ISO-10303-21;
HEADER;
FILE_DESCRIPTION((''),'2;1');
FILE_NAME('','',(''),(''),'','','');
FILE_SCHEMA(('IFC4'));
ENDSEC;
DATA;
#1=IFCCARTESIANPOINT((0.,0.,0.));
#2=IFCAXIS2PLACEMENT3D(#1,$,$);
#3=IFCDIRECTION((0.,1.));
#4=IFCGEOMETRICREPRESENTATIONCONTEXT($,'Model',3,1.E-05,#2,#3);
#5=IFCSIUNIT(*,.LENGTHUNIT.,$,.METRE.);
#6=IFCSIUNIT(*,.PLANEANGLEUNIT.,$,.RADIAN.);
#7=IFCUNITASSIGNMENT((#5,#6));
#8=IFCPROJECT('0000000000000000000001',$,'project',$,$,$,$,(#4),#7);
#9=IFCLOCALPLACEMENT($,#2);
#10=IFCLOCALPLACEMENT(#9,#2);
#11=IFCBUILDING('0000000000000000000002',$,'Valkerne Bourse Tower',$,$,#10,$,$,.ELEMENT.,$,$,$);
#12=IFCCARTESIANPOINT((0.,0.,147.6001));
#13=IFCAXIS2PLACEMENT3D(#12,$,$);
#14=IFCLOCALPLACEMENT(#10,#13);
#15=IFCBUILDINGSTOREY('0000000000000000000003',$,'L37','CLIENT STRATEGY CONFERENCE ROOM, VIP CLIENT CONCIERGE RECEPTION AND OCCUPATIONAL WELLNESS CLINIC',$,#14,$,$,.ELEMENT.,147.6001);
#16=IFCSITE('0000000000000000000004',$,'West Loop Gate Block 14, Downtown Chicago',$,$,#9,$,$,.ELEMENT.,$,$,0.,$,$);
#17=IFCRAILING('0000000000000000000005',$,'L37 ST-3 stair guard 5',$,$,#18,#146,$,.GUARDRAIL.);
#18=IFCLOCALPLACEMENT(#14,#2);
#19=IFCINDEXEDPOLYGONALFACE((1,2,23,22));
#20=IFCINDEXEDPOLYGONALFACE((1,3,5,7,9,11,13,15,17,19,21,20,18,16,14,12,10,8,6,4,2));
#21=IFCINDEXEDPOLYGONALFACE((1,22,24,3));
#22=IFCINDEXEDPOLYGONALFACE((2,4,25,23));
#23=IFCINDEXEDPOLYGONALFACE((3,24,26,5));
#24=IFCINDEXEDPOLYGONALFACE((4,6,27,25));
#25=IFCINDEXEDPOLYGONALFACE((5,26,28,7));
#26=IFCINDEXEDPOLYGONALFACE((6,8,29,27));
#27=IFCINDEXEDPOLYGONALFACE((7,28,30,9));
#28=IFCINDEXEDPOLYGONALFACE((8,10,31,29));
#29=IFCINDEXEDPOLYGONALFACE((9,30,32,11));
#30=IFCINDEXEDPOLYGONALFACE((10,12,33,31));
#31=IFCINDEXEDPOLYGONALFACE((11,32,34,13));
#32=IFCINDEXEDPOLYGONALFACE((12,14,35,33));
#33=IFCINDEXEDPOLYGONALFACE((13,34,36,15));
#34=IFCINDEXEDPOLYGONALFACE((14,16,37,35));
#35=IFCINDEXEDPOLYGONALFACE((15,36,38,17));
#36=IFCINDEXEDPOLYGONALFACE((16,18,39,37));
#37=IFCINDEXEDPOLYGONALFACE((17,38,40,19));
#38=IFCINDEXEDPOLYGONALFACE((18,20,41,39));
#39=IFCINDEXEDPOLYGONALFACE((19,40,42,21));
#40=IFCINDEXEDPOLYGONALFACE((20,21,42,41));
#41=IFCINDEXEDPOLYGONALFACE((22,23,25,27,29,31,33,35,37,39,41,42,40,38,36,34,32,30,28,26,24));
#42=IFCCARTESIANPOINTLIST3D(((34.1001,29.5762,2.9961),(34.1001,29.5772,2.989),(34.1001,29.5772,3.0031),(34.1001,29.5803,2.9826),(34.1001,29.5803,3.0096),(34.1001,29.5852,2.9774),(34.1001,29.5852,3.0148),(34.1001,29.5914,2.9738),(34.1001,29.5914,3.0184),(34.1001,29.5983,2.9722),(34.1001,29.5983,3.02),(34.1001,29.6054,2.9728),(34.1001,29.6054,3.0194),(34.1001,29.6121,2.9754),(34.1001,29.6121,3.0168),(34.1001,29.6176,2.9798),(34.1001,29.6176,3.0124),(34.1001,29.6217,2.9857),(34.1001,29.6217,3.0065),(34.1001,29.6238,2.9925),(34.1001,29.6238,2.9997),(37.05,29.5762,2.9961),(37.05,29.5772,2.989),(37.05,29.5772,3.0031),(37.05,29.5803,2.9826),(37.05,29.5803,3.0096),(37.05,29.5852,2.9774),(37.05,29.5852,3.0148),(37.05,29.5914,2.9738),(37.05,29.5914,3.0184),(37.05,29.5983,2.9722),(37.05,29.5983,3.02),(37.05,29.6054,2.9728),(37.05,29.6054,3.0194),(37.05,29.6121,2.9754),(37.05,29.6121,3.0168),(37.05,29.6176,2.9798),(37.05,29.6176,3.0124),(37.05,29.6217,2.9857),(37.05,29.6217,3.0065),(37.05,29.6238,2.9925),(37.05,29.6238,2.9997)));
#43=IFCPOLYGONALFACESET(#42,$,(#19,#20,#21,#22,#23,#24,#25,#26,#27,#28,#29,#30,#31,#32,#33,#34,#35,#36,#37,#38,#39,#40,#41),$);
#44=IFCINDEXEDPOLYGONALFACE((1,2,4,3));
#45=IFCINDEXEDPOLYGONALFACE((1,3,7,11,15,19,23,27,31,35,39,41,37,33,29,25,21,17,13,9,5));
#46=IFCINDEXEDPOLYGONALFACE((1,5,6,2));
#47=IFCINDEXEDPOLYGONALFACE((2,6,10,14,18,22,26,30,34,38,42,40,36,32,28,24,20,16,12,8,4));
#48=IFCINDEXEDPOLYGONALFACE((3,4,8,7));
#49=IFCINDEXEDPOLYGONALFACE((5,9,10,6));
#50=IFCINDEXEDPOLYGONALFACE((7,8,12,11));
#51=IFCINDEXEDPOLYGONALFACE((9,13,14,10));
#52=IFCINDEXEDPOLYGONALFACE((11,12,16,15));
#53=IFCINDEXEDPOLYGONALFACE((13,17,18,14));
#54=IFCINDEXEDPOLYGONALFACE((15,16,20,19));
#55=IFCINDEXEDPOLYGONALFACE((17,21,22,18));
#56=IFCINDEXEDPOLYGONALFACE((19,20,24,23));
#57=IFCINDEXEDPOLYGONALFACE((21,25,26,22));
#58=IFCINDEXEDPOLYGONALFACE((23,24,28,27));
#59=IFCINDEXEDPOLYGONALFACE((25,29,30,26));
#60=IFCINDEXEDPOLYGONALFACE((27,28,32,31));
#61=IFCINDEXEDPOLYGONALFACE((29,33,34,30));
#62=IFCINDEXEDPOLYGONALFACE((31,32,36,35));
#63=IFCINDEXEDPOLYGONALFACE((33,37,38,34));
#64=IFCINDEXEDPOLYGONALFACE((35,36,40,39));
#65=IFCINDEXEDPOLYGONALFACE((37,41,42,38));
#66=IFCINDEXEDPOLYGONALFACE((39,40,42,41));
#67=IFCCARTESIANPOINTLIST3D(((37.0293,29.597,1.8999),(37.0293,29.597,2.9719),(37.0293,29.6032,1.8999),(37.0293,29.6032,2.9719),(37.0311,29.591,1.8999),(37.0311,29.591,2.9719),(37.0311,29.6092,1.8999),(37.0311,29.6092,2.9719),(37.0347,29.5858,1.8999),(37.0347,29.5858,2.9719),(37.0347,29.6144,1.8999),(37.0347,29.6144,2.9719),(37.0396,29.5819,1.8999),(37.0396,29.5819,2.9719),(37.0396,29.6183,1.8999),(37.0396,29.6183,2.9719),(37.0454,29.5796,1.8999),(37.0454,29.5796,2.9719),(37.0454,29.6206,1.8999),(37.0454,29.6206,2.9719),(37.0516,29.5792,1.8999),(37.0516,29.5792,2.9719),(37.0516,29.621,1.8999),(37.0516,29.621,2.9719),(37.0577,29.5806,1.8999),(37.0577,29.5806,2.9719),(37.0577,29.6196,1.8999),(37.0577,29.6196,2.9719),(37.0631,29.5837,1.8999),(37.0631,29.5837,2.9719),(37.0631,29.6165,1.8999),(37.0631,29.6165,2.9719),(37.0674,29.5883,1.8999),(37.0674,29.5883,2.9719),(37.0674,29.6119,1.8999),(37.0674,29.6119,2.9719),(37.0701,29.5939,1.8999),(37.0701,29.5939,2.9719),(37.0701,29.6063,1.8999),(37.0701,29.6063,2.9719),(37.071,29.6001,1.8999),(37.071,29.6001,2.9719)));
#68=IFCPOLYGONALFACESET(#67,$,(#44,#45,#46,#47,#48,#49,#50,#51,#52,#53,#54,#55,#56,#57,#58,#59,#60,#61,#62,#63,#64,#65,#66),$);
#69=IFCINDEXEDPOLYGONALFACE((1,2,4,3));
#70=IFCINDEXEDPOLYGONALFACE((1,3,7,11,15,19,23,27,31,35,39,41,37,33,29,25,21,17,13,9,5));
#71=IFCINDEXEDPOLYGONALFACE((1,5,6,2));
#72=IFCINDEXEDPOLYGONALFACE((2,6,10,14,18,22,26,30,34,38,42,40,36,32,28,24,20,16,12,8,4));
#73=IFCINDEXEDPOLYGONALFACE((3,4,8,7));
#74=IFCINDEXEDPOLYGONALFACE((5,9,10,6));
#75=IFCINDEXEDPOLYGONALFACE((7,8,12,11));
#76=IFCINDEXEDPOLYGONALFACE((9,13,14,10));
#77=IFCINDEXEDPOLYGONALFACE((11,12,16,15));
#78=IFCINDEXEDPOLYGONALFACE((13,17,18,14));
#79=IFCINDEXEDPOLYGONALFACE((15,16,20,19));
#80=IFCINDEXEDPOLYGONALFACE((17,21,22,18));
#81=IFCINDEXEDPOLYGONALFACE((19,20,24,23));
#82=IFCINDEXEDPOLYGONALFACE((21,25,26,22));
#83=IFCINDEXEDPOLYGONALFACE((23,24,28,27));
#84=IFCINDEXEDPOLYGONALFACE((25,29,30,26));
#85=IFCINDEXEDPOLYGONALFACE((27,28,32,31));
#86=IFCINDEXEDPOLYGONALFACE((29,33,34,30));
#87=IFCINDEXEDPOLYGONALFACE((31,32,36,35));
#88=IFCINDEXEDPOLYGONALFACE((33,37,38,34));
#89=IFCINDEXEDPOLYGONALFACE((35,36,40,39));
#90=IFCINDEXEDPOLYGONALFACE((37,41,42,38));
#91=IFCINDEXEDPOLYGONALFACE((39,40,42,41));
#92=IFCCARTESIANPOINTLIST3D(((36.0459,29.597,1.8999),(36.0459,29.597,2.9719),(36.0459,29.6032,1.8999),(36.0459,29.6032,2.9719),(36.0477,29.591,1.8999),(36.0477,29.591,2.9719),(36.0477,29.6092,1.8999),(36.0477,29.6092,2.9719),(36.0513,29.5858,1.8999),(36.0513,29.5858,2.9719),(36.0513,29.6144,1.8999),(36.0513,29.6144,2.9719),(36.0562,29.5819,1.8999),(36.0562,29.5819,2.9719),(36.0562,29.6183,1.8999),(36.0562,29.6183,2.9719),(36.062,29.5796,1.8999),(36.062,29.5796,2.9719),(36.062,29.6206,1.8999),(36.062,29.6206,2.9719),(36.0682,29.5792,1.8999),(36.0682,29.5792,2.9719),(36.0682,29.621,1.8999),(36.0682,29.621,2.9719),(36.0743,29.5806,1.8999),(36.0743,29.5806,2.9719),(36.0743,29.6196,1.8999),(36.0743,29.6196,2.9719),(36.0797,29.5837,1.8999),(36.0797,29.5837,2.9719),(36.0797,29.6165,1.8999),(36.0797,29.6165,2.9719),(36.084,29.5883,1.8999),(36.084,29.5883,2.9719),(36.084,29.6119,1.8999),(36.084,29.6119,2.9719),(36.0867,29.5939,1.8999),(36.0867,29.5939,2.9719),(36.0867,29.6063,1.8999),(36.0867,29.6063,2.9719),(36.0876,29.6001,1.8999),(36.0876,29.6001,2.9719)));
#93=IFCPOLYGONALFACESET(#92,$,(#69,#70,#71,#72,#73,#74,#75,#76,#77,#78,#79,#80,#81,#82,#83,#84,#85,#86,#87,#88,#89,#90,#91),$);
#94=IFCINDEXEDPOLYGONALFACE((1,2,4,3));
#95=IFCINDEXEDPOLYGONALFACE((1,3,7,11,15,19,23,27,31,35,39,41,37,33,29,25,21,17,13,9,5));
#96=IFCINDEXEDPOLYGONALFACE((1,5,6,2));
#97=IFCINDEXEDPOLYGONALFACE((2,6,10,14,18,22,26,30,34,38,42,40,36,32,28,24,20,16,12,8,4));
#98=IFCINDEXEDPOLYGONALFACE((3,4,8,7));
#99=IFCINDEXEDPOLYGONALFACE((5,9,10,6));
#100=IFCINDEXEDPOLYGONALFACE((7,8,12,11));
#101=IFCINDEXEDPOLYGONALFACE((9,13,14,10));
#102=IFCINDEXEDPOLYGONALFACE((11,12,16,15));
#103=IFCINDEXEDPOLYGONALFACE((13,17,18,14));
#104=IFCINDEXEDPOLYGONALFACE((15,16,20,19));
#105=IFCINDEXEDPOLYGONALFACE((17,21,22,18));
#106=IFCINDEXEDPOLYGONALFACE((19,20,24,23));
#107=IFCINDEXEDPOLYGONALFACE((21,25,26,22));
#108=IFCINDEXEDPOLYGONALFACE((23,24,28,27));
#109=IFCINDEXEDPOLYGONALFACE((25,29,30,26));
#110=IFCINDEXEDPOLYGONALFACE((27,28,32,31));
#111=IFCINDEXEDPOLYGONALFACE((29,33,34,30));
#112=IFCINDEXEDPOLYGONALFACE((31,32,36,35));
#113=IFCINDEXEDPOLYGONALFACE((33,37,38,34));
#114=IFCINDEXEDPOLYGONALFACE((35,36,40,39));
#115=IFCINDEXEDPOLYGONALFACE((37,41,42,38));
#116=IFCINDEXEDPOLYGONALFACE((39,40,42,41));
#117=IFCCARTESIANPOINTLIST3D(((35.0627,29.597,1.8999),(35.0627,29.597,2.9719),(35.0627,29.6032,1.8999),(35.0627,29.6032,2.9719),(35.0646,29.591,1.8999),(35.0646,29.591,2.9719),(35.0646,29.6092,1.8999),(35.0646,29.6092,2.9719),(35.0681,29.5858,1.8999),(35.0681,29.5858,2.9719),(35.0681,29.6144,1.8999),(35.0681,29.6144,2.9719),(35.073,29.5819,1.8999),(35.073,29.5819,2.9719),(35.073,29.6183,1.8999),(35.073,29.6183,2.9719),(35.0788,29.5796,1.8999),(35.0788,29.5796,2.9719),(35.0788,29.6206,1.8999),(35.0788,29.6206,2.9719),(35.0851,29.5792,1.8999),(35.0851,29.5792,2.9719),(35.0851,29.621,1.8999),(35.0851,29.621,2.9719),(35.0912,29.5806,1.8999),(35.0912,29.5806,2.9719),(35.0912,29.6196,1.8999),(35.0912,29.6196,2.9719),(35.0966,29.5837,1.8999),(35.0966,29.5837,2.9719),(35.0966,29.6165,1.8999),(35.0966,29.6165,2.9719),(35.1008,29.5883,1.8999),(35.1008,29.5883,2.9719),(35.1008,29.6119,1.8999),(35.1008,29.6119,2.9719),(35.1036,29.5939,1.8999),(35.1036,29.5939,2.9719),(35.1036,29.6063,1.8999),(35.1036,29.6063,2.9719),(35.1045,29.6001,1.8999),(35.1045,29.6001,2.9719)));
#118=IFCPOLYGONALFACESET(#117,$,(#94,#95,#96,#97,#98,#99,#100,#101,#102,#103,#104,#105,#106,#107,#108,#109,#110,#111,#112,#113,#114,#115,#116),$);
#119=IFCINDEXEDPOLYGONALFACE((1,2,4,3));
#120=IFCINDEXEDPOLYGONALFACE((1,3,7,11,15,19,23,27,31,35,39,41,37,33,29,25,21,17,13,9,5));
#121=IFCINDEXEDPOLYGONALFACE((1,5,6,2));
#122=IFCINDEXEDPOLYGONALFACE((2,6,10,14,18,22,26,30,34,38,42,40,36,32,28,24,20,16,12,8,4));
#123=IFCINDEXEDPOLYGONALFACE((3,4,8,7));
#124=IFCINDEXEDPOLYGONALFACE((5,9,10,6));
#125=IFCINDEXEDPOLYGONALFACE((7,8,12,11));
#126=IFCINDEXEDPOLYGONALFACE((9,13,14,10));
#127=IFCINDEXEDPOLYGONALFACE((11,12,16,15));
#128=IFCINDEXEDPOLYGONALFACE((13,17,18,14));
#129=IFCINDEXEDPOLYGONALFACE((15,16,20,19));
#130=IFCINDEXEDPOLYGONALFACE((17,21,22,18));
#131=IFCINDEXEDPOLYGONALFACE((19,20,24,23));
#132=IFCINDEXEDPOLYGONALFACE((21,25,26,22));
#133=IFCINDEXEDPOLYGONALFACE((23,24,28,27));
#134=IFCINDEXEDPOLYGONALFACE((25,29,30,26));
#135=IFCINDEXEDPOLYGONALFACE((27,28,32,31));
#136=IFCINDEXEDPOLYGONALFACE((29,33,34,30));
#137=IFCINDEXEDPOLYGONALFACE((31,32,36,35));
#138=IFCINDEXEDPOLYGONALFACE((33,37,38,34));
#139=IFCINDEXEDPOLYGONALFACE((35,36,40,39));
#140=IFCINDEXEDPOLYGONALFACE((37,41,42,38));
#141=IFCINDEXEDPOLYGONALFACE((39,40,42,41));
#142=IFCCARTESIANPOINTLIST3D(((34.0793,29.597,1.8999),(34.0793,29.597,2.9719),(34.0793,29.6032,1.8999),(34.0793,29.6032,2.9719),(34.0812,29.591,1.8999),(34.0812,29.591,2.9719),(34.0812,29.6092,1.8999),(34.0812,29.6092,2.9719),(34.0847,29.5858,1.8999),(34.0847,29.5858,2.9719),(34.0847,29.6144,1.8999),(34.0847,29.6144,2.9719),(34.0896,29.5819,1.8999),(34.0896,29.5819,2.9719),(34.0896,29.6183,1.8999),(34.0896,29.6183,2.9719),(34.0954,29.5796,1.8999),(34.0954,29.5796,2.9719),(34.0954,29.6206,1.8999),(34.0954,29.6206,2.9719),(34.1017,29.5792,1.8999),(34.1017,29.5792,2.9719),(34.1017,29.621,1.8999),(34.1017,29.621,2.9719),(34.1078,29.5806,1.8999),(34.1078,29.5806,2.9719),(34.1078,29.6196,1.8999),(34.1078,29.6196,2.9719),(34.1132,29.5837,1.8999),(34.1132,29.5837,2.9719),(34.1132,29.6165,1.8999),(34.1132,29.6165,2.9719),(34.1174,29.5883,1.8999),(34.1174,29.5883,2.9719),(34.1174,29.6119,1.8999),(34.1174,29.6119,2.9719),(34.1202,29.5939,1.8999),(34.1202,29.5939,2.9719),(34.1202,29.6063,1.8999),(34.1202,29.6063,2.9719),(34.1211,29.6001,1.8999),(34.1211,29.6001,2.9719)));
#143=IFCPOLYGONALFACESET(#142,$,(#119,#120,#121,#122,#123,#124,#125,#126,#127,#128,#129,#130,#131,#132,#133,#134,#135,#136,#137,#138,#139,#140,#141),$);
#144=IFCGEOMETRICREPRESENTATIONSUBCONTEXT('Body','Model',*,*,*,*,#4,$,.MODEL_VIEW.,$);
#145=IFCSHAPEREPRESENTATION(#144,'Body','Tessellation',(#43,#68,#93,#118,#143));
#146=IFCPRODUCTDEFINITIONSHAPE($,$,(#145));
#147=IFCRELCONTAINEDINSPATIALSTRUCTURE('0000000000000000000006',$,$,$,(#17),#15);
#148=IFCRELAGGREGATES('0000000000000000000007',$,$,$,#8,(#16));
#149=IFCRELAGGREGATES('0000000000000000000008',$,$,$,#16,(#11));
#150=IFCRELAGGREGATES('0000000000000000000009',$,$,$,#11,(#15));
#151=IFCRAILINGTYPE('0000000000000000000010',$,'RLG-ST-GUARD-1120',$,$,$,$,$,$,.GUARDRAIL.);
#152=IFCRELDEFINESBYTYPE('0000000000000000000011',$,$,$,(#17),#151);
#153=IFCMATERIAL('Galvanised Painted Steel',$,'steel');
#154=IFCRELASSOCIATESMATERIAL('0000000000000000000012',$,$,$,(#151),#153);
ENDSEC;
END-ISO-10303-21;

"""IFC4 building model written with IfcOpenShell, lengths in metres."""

from ifc_helpers import new_model, si_unit, direction, frame, origin, origin_2d, place, context, subcontext, project, spatial, circle, extrude, material, type_object, element, save


model = new_model("IFC4")

# Units and contexts
model_context = context("Model", 3, precision=1e-05, world=origin(), true_north=direction((0.0, 1.0)))
body_context = subcontext(model_context, "Body", "Model", "MODEL_VIEW")
ifc_project = project(units=[si_unit("LENGTHUNIT", "METRE"), si_unit("PLANEANGLEUNIT", "RADIAN")], contexts=[model_context])

# Site, building, storey
site_placement = place(None, origin())
site = spatial("IfcSite", under=ifc_project, at=site_placement, Name="West Loop Gate Block 14, Downtown Chicago", CompositionType="ELEMENT", RefElevation=0.0)
building_placement = place(site_placement, origin())
building = spatial("IfcBuilding", under=site, at=building_placement, Name="Valkerne Bourse Tower", CompositionType="ELEMENT")
storey_placement = place(building_placement, frame((0.0, 0.0, 147.6001)))
storey = spatial("IfcBuildingStorey", under=building, at=storey_placement, Name="L37", Description="CLIENT STRATEGY CONFERENCE ROOM, VIP CLIENT CONCIERGE RECEPTION AND OCCUPATIONAL WELLNESS CLINIC", CompositionType="ELEMENT", Elevation=147.6001)

# Railing
ifc_material_1 = material(Name="Galvanised Painted Steel", Category="steel")
railing_type_1 = type_object("IfcRailingType", Name="RLG-ST-GUARD-1120", PredefinedType="GUARDRAIL", material=ifc_material_1)
railing_1_placement = place(storey_placement, frame((37.05, 29.6001, 1.8999)))
element("IfcRailing", 1, at=railing_1_placement, inside=storey, type_object=railing_type_1, Name="L37 ST-3 stair guard 5", PredefinedType="GUARDRAIL", context=body_context, shape_type="SweptSolid", body=[
    extrude(circle(Radius=0.0239, at=origin_2d()), frame((0.0, 0.0, 1.0962), z_axis=(-1.0, 0.0, 0.0), x_axis=(0.0, -1.0, 0.0)), (0.0, 0.0, 1.0), 2.95),
    extrude(circle(Radius=0.021, at=origin_2d()), origin(), (0.0, 0.0, 1.0), 1.072),
    extrude(circle(Radius=0.021, at=origin_2d()), frame((-0.9834, 0.0, 0.0)), (0.0, 0.0, 1.0), 1.072),
    extrude(circle(Radius=0.021, at=origin_2d()), frame((-1.9666, 0.0, 0.0)), (0.0, 0.0, 1.0), 1.072),
    extrude(circle(Radius=0.021, at=origin_2d()), frame((-2.95, 0.0, 0.0)), (0.0, 0.0, 1.0), 1.072),
])

save(model, "model.ifc")
